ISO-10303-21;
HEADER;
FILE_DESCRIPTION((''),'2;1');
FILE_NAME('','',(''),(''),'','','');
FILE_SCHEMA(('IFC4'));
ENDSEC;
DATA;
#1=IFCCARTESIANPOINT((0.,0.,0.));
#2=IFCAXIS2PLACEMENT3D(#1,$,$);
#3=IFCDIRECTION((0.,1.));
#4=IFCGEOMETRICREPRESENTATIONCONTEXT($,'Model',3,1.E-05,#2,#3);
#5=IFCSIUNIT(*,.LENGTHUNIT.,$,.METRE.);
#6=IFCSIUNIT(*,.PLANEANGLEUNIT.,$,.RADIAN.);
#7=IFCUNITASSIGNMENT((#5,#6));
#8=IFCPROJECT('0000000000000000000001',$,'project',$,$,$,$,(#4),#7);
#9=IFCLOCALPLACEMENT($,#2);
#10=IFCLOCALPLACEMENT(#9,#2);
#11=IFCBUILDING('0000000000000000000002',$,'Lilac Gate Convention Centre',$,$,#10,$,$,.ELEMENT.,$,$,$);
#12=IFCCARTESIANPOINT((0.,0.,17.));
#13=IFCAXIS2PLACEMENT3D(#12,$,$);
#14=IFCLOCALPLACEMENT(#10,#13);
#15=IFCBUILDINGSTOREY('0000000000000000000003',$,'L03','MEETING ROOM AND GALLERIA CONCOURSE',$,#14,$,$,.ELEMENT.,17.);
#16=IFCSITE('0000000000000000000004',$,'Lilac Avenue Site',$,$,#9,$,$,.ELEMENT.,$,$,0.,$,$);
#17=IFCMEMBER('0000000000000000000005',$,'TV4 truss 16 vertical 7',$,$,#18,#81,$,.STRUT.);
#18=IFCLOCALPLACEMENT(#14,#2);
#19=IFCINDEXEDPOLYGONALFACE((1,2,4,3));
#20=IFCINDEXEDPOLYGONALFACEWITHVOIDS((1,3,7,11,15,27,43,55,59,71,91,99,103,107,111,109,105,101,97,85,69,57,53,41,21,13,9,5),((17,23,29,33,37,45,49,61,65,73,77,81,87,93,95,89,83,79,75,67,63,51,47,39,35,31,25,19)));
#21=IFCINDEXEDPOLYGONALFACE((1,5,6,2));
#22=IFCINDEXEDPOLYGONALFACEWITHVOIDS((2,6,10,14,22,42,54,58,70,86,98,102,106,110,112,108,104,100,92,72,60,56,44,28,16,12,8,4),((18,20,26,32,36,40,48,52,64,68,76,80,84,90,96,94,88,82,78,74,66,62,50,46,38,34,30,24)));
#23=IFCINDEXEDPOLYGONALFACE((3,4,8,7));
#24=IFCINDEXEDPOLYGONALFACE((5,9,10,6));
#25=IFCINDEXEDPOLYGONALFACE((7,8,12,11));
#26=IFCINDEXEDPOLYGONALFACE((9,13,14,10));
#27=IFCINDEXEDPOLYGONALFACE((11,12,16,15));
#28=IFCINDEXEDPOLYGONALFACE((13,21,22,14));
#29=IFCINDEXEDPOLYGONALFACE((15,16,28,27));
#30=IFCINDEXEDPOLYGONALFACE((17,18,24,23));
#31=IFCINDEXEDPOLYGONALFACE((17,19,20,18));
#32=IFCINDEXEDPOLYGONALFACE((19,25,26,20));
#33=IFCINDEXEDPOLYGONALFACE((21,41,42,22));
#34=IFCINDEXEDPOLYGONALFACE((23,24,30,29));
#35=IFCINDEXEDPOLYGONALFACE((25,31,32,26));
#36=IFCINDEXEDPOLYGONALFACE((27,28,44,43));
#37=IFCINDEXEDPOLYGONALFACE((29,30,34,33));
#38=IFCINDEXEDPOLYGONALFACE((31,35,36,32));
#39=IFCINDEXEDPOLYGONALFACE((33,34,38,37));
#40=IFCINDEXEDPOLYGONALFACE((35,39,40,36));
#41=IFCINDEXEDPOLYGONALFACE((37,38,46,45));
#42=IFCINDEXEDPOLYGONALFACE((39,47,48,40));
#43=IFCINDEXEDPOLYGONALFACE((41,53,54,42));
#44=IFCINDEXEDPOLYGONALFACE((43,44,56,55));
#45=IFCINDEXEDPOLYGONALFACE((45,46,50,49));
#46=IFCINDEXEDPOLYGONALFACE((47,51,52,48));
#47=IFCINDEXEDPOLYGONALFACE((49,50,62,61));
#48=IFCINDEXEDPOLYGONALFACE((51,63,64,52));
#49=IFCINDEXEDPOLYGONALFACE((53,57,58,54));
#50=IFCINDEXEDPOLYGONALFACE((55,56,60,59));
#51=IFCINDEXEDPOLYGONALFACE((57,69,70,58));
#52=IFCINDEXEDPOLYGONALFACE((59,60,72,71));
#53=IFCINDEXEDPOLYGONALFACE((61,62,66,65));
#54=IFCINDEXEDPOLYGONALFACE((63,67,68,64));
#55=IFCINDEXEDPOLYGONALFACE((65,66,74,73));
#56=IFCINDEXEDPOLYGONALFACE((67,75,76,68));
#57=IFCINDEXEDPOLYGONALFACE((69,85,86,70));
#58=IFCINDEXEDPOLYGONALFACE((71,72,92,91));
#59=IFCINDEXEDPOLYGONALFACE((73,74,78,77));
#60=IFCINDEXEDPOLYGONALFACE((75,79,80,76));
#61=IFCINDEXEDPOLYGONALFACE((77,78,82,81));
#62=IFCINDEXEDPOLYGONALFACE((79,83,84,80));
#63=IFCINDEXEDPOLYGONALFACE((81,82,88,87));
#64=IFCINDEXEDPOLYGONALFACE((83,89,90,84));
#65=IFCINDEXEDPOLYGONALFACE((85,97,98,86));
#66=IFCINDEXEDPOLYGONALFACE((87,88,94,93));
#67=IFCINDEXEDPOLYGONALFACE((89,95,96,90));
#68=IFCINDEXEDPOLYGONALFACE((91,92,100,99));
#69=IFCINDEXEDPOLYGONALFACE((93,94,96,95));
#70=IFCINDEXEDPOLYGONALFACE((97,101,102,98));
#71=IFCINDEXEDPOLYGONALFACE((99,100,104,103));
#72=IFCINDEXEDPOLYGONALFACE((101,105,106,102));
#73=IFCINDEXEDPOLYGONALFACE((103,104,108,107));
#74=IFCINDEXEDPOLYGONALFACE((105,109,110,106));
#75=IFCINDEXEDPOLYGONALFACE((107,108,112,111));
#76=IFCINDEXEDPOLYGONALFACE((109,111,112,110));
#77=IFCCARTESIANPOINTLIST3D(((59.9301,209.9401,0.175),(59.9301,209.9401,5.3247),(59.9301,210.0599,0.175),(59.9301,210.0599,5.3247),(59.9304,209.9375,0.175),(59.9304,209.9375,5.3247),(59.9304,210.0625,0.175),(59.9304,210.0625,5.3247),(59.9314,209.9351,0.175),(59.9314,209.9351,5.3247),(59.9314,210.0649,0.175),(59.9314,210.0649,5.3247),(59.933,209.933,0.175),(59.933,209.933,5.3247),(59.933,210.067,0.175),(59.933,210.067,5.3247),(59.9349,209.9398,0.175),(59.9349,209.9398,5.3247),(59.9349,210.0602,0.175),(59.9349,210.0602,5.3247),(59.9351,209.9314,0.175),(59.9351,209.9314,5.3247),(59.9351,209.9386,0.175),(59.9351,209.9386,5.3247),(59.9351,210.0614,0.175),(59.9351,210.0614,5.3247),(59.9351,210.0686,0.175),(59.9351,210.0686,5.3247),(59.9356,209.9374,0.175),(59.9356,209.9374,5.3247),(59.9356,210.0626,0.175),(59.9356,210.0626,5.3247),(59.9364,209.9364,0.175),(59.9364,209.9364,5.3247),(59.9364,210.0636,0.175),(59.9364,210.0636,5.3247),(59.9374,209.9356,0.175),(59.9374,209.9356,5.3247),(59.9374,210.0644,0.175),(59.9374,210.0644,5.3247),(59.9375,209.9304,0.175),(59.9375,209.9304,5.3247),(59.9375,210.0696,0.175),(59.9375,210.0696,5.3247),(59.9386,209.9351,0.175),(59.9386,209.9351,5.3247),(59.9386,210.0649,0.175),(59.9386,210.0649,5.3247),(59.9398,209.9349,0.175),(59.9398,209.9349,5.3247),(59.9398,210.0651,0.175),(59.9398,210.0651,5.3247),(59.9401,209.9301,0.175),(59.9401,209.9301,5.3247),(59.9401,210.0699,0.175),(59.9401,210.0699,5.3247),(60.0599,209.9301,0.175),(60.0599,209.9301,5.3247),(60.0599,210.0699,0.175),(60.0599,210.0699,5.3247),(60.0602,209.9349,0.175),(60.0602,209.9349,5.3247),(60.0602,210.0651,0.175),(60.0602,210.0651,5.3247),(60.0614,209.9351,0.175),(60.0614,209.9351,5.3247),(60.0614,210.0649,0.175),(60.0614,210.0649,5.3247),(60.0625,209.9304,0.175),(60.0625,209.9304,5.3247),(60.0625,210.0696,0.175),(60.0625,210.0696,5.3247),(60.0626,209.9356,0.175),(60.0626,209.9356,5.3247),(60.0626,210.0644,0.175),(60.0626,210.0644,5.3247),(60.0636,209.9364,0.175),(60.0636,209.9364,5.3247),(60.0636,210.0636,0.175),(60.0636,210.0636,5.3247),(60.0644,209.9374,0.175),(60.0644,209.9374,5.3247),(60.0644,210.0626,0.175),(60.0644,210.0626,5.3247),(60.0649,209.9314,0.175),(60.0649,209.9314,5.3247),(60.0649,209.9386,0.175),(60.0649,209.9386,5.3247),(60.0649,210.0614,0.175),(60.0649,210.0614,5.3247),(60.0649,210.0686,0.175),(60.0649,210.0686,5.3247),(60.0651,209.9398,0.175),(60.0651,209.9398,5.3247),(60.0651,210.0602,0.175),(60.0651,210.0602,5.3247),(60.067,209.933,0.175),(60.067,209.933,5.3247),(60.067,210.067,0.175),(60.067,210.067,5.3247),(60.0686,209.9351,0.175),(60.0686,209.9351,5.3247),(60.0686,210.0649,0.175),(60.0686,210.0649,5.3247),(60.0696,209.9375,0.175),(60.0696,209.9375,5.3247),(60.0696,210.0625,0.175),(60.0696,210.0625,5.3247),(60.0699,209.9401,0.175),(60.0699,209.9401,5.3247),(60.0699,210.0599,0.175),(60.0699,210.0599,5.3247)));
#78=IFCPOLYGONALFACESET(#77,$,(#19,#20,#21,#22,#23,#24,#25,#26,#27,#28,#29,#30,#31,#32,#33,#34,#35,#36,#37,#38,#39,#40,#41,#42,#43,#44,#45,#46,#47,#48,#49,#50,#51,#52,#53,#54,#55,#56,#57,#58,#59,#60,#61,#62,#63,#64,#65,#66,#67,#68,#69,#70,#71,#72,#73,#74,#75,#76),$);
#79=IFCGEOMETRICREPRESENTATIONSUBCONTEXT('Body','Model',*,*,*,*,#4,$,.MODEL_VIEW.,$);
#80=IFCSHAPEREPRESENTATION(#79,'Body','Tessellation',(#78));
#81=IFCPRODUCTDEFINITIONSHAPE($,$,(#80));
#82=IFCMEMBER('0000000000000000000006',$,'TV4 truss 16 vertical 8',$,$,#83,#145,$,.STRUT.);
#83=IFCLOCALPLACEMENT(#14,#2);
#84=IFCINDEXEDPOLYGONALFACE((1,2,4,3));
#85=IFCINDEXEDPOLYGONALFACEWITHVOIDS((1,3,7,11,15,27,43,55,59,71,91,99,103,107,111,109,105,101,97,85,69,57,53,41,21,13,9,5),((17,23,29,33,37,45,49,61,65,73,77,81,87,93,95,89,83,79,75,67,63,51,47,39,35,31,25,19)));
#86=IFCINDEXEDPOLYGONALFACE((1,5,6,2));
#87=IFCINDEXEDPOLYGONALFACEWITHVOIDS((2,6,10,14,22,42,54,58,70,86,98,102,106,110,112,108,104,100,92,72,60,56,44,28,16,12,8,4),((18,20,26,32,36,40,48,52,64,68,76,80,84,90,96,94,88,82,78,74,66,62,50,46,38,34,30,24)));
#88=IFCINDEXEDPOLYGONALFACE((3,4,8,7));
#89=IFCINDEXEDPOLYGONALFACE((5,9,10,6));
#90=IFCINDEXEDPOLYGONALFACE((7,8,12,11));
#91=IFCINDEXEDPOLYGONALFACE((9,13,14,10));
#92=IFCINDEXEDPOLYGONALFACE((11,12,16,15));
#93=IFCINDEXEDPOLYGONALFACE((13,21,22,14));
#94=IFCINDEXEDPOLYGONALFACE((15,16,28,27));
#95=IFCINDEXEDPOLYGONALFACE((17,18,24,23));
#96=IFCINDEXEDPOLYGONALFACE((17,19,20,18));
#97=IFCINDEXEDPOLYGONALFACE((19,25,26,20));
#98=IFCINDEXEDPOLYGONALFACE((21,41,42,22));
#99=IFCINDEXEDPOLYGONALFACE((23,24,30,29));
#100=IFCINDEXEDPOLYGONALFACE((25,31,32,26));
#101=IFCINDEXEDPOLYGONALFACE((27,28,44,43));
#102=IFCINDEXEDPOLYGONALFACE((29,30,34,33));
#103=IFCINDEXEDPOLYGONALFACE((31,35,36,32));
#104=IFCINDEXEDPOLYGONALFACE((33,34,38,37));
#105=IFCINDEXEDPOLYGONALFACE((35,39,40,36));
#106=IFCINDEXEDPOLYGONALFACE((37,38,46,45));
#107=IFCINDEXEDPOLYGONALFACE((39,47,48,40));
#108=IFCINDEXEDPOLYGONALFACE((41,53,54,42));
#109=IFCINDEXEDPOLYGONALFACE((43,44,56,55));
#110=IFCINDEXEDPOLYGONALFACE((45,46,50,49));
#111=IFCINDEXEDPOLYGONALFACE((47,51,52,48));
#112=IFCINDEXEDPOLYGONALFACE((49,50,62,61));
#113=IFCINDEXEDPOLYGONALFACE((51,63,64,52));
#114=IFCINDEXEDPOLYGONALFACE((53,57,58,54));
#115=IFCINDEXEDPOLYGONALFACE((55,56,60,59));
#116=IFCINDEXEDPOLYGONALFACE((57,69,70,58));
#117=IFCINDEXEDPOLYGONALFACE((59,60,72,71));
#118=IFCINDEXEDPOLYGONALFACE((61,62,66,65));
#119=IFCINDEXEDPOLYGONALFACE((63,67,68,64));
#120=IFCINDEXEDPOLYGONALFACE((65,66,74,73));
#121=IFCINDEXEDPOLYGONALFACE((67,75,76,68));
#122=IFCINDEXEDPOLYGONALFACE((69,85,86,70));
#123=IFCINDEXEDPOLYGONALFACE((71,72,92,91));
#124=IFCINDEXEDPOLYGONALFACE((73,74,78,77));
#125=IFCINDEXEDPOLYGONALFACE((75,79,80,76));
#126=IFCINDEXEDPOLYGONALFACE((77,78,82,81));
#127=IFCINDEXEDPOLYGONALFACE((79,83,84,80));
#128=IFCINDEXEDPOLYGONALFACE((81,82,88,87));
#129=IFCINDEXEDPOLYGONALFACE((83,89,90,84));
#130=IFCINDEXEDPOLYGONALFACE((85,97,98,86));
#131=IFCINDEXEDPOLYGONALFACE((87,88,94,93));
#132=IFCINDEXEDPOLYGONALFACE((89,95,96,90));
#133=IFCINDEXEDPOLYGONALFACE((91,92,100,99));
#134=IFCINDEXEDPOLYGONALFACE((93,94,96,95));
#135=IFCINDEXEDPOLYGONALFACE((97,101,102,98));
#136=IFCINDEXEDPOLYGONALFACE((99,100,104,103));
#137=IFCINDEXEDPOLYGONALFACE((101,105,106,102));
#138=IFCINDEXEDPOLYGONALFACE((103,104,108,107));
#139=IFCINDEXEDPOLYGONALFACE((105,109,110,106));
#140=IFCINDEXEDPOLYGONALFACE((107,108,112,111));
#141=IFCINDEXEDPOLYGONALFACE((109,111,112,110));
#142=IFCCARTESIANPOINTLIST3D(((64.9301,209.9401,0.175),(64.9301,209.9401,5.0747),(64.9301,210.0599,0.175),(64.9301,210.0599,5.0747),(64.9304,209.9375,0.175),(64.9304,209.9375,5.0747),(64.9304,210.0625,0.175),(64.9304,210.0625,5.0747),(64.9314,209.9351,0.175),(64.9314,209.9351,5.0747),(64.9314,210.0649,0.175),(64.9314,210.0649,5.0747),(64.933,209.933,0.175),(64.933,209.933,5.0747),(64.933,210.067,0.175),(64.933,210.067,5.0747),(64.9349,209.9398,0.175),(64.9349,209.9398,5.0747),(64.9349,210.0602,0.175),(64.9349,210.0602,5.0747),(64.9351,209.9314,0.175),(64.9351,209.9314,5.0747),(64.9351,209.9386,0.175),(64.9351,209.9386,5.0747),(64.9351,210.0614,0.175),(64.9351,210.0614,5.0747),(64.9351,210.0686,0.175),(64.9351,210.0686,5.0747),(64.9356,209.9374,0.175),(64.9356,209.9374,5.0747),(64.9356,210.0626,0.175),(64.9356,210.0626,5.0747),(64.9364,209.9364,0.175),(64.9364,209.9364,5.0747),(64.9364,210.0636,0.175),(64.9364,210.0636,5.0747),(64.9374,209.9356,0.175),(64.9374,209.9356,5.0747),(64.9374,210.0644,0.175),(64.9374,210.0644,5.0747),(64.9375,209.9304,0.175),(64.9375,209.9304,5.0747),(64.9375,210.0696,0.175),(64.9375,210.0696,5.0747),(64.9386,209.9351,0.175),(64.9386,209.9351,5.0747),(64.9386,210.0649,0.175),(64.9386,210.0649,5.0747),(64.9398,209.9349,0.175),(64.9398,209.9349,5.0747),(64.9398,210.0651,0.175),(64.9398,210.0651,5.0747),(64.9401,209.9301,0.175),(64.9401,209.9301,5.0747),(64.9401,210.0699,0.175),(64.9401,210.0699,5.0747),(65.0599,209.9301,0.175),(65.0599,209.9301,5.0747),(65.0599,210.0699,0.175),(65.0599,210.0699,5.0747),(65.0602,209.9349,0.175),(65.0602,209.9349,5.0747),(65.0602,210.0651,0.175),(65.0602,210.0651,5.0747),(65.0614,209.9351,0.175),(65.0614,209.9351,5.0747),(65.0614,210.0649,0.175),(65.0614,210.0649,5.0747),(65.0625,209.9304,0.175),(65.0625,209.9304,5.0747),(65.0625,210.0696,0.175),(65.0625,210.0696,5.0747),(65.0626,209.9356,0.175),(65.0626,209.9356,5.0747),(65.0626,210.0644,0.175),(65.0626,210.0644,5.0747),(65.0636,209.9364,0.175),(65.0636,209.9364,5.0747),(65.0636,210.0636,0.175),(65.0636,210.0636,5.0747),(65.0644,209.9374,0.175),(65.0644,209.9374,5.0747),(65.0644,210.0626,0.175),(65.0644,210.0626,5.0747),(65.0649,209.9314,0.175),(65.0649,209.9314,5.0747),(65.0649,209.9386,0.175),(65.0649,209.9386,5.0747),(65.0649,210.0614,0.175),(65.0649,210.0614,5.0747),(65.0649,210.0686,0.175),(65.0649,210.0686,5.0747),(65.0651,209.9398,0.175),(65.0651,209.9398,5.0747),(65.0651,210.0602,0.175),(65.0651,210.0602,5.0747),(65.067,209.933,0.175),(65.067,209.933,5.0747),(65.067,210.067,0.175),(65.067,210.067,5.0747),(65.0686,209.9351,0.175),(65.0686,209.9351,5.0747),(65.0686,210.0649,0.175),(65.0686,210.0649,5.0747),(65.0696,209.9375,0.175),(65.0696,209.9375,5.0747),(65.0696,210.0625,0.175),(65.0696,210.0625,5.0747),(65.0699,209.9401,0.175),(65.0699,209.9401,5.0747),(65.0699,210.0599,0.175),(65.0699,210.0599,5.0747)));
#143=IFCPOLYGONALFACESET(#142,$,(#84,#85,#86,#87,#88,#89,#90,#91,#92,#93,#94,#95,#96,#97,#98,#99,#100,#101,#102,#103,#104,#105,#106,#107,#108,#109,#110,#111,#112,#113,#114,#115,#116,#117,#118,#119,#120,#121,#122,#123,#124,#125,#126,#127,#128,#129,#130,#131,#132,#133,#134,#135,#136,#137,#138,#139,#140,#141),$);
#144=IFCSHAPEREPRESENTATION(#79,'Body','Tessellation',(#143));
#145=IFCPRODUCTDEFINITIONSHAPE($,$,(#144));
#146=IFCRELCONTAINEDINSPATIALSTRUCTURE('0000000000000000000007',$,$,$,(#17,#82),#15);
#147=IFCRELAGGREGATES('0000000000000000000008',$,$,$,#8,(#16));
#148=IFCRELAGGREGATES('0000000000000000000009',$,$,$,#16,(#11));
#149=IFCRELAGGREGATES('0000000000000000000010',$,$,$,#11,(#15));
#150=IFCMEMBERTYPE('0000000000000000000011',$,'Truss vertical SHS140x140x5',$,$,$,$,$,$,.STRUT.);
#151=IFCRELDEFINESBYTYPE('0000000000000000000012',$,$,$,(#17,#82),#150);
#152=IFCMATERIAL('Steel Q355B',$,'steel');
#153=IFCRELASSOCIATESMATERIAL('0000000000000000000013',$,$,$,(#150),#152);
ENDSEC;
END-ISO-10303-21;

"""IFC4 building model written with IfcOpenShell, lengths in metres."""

from ifc_helpers import new_model, si_unit, direction, frame, origin, origin_2d, place, context, subcontext, project, spatial, hollow_rectangle, extrude, material, material_profile, profile_set, type_object, element, save


model = new_model("IFC4")

# Units and contexts
model_context = context("Model", 3, precision=1e-05, world=origin(), true_north=direction((0.0, 1.0)))
body_context = subcontext(model_context, "Body", "Model", "MODEL_VIEW")
ifc_project = project(units=[si_unit("LENGTHUNIT", "METRE"), si_unit("PLANEANGLEUNIT", "RADIAN")], contexts=[model_context])

# Site, building, storey
site_placement = place(None, origin())
site = spatial("IfcSite", under=ifc_project, at=site_placement, Name="Lilac Avenue Site", CompositionType="ELEMENT", RefElevation=0.0)
building_placement = place(site_placement, origin())
building = spatial("IfcBuilding", under=site, at=building_placement, Name="Lilac Gate Convention Centre", CompositionType="ELEMENT")
storey_placement = place(building_placement, frame((0.0, 0.0, 17.0)))
storey = spatial("IfcBuildingStorey", under=building, at=storey_placement, Name="L03", Description="MEETING ROOM AND GALLERIA CONCOURSE", CompositionType="ELEMENT", Elevation=17.0)

# Members
ifc_material = material(Name="Steel Q355B", Category="steel")
ifc_material_profile_1 = material_profile(ifc_material, hollow_rectangle(XDim=0.1399, YDim=0.1399, WallThickness=0.0049, InnerFilletRadius=0.0049, OuterFilletRadius=0.01, at=origin_2d()), Name="SHS140x140x5")
ifc_profile_set_1 = profile_set([ifc_material_profile_1], Name="Steel Q355B")
member_type_1 = type_object("IfcMemberType", Name="Truss vertical SHS140x140x5", PredefinedType="STRUT", material=ifc_profile_set_1)
member_1_placement = place(storey_placement, frame((60.0, 210.0, 0.175), z_axis=(0.0, 0.0, 1.0), x_axis=(1.0, 0.0, 0.0)))
element("IfcMember", 1, at=member_1_placement, inside=storey, type_object=member_type_1, Name="TV4 truss 16 vertical 7", PredefinedType="STRUT", context=body_context, shape_type="SweptSolid", body=[
    extrude(hollow_rectangle(XDim=0.1399, YDim=0.1399, WallThickness=0.0049, InnerFilletRadius=0.0049, OuterFilletRadius=0.01, at=origin_2d()), origin(), (0.0, 0.0, 1.0), 5.1497),
])
member_2_placement = place(storey_placement, frame((65.0, 210.0, 0.175), z_axis=(0.0, 0.0, 1.0), x_axis=(1.0, 0.0, 0.0)))
element("IfcMember", 2, at=member_2_placement, inside=storey, type_object=member_type_1, Name="TV4 truss 16 vertical 8", PredefinedType="STRUT", context=body_context, shape_type="SweptSolid", body=[
    extrude(hollow_rectangle(XDim=0.1399, YDim=0.1399, WallThickness=0.0049, InnerFilletRadius=0.0049, OuterFilletRadius=0.01, at=origin_2d()), origin(), (0.0, 0.0, 1.0), 4.8997),
])

save(model, "model.ifc")
